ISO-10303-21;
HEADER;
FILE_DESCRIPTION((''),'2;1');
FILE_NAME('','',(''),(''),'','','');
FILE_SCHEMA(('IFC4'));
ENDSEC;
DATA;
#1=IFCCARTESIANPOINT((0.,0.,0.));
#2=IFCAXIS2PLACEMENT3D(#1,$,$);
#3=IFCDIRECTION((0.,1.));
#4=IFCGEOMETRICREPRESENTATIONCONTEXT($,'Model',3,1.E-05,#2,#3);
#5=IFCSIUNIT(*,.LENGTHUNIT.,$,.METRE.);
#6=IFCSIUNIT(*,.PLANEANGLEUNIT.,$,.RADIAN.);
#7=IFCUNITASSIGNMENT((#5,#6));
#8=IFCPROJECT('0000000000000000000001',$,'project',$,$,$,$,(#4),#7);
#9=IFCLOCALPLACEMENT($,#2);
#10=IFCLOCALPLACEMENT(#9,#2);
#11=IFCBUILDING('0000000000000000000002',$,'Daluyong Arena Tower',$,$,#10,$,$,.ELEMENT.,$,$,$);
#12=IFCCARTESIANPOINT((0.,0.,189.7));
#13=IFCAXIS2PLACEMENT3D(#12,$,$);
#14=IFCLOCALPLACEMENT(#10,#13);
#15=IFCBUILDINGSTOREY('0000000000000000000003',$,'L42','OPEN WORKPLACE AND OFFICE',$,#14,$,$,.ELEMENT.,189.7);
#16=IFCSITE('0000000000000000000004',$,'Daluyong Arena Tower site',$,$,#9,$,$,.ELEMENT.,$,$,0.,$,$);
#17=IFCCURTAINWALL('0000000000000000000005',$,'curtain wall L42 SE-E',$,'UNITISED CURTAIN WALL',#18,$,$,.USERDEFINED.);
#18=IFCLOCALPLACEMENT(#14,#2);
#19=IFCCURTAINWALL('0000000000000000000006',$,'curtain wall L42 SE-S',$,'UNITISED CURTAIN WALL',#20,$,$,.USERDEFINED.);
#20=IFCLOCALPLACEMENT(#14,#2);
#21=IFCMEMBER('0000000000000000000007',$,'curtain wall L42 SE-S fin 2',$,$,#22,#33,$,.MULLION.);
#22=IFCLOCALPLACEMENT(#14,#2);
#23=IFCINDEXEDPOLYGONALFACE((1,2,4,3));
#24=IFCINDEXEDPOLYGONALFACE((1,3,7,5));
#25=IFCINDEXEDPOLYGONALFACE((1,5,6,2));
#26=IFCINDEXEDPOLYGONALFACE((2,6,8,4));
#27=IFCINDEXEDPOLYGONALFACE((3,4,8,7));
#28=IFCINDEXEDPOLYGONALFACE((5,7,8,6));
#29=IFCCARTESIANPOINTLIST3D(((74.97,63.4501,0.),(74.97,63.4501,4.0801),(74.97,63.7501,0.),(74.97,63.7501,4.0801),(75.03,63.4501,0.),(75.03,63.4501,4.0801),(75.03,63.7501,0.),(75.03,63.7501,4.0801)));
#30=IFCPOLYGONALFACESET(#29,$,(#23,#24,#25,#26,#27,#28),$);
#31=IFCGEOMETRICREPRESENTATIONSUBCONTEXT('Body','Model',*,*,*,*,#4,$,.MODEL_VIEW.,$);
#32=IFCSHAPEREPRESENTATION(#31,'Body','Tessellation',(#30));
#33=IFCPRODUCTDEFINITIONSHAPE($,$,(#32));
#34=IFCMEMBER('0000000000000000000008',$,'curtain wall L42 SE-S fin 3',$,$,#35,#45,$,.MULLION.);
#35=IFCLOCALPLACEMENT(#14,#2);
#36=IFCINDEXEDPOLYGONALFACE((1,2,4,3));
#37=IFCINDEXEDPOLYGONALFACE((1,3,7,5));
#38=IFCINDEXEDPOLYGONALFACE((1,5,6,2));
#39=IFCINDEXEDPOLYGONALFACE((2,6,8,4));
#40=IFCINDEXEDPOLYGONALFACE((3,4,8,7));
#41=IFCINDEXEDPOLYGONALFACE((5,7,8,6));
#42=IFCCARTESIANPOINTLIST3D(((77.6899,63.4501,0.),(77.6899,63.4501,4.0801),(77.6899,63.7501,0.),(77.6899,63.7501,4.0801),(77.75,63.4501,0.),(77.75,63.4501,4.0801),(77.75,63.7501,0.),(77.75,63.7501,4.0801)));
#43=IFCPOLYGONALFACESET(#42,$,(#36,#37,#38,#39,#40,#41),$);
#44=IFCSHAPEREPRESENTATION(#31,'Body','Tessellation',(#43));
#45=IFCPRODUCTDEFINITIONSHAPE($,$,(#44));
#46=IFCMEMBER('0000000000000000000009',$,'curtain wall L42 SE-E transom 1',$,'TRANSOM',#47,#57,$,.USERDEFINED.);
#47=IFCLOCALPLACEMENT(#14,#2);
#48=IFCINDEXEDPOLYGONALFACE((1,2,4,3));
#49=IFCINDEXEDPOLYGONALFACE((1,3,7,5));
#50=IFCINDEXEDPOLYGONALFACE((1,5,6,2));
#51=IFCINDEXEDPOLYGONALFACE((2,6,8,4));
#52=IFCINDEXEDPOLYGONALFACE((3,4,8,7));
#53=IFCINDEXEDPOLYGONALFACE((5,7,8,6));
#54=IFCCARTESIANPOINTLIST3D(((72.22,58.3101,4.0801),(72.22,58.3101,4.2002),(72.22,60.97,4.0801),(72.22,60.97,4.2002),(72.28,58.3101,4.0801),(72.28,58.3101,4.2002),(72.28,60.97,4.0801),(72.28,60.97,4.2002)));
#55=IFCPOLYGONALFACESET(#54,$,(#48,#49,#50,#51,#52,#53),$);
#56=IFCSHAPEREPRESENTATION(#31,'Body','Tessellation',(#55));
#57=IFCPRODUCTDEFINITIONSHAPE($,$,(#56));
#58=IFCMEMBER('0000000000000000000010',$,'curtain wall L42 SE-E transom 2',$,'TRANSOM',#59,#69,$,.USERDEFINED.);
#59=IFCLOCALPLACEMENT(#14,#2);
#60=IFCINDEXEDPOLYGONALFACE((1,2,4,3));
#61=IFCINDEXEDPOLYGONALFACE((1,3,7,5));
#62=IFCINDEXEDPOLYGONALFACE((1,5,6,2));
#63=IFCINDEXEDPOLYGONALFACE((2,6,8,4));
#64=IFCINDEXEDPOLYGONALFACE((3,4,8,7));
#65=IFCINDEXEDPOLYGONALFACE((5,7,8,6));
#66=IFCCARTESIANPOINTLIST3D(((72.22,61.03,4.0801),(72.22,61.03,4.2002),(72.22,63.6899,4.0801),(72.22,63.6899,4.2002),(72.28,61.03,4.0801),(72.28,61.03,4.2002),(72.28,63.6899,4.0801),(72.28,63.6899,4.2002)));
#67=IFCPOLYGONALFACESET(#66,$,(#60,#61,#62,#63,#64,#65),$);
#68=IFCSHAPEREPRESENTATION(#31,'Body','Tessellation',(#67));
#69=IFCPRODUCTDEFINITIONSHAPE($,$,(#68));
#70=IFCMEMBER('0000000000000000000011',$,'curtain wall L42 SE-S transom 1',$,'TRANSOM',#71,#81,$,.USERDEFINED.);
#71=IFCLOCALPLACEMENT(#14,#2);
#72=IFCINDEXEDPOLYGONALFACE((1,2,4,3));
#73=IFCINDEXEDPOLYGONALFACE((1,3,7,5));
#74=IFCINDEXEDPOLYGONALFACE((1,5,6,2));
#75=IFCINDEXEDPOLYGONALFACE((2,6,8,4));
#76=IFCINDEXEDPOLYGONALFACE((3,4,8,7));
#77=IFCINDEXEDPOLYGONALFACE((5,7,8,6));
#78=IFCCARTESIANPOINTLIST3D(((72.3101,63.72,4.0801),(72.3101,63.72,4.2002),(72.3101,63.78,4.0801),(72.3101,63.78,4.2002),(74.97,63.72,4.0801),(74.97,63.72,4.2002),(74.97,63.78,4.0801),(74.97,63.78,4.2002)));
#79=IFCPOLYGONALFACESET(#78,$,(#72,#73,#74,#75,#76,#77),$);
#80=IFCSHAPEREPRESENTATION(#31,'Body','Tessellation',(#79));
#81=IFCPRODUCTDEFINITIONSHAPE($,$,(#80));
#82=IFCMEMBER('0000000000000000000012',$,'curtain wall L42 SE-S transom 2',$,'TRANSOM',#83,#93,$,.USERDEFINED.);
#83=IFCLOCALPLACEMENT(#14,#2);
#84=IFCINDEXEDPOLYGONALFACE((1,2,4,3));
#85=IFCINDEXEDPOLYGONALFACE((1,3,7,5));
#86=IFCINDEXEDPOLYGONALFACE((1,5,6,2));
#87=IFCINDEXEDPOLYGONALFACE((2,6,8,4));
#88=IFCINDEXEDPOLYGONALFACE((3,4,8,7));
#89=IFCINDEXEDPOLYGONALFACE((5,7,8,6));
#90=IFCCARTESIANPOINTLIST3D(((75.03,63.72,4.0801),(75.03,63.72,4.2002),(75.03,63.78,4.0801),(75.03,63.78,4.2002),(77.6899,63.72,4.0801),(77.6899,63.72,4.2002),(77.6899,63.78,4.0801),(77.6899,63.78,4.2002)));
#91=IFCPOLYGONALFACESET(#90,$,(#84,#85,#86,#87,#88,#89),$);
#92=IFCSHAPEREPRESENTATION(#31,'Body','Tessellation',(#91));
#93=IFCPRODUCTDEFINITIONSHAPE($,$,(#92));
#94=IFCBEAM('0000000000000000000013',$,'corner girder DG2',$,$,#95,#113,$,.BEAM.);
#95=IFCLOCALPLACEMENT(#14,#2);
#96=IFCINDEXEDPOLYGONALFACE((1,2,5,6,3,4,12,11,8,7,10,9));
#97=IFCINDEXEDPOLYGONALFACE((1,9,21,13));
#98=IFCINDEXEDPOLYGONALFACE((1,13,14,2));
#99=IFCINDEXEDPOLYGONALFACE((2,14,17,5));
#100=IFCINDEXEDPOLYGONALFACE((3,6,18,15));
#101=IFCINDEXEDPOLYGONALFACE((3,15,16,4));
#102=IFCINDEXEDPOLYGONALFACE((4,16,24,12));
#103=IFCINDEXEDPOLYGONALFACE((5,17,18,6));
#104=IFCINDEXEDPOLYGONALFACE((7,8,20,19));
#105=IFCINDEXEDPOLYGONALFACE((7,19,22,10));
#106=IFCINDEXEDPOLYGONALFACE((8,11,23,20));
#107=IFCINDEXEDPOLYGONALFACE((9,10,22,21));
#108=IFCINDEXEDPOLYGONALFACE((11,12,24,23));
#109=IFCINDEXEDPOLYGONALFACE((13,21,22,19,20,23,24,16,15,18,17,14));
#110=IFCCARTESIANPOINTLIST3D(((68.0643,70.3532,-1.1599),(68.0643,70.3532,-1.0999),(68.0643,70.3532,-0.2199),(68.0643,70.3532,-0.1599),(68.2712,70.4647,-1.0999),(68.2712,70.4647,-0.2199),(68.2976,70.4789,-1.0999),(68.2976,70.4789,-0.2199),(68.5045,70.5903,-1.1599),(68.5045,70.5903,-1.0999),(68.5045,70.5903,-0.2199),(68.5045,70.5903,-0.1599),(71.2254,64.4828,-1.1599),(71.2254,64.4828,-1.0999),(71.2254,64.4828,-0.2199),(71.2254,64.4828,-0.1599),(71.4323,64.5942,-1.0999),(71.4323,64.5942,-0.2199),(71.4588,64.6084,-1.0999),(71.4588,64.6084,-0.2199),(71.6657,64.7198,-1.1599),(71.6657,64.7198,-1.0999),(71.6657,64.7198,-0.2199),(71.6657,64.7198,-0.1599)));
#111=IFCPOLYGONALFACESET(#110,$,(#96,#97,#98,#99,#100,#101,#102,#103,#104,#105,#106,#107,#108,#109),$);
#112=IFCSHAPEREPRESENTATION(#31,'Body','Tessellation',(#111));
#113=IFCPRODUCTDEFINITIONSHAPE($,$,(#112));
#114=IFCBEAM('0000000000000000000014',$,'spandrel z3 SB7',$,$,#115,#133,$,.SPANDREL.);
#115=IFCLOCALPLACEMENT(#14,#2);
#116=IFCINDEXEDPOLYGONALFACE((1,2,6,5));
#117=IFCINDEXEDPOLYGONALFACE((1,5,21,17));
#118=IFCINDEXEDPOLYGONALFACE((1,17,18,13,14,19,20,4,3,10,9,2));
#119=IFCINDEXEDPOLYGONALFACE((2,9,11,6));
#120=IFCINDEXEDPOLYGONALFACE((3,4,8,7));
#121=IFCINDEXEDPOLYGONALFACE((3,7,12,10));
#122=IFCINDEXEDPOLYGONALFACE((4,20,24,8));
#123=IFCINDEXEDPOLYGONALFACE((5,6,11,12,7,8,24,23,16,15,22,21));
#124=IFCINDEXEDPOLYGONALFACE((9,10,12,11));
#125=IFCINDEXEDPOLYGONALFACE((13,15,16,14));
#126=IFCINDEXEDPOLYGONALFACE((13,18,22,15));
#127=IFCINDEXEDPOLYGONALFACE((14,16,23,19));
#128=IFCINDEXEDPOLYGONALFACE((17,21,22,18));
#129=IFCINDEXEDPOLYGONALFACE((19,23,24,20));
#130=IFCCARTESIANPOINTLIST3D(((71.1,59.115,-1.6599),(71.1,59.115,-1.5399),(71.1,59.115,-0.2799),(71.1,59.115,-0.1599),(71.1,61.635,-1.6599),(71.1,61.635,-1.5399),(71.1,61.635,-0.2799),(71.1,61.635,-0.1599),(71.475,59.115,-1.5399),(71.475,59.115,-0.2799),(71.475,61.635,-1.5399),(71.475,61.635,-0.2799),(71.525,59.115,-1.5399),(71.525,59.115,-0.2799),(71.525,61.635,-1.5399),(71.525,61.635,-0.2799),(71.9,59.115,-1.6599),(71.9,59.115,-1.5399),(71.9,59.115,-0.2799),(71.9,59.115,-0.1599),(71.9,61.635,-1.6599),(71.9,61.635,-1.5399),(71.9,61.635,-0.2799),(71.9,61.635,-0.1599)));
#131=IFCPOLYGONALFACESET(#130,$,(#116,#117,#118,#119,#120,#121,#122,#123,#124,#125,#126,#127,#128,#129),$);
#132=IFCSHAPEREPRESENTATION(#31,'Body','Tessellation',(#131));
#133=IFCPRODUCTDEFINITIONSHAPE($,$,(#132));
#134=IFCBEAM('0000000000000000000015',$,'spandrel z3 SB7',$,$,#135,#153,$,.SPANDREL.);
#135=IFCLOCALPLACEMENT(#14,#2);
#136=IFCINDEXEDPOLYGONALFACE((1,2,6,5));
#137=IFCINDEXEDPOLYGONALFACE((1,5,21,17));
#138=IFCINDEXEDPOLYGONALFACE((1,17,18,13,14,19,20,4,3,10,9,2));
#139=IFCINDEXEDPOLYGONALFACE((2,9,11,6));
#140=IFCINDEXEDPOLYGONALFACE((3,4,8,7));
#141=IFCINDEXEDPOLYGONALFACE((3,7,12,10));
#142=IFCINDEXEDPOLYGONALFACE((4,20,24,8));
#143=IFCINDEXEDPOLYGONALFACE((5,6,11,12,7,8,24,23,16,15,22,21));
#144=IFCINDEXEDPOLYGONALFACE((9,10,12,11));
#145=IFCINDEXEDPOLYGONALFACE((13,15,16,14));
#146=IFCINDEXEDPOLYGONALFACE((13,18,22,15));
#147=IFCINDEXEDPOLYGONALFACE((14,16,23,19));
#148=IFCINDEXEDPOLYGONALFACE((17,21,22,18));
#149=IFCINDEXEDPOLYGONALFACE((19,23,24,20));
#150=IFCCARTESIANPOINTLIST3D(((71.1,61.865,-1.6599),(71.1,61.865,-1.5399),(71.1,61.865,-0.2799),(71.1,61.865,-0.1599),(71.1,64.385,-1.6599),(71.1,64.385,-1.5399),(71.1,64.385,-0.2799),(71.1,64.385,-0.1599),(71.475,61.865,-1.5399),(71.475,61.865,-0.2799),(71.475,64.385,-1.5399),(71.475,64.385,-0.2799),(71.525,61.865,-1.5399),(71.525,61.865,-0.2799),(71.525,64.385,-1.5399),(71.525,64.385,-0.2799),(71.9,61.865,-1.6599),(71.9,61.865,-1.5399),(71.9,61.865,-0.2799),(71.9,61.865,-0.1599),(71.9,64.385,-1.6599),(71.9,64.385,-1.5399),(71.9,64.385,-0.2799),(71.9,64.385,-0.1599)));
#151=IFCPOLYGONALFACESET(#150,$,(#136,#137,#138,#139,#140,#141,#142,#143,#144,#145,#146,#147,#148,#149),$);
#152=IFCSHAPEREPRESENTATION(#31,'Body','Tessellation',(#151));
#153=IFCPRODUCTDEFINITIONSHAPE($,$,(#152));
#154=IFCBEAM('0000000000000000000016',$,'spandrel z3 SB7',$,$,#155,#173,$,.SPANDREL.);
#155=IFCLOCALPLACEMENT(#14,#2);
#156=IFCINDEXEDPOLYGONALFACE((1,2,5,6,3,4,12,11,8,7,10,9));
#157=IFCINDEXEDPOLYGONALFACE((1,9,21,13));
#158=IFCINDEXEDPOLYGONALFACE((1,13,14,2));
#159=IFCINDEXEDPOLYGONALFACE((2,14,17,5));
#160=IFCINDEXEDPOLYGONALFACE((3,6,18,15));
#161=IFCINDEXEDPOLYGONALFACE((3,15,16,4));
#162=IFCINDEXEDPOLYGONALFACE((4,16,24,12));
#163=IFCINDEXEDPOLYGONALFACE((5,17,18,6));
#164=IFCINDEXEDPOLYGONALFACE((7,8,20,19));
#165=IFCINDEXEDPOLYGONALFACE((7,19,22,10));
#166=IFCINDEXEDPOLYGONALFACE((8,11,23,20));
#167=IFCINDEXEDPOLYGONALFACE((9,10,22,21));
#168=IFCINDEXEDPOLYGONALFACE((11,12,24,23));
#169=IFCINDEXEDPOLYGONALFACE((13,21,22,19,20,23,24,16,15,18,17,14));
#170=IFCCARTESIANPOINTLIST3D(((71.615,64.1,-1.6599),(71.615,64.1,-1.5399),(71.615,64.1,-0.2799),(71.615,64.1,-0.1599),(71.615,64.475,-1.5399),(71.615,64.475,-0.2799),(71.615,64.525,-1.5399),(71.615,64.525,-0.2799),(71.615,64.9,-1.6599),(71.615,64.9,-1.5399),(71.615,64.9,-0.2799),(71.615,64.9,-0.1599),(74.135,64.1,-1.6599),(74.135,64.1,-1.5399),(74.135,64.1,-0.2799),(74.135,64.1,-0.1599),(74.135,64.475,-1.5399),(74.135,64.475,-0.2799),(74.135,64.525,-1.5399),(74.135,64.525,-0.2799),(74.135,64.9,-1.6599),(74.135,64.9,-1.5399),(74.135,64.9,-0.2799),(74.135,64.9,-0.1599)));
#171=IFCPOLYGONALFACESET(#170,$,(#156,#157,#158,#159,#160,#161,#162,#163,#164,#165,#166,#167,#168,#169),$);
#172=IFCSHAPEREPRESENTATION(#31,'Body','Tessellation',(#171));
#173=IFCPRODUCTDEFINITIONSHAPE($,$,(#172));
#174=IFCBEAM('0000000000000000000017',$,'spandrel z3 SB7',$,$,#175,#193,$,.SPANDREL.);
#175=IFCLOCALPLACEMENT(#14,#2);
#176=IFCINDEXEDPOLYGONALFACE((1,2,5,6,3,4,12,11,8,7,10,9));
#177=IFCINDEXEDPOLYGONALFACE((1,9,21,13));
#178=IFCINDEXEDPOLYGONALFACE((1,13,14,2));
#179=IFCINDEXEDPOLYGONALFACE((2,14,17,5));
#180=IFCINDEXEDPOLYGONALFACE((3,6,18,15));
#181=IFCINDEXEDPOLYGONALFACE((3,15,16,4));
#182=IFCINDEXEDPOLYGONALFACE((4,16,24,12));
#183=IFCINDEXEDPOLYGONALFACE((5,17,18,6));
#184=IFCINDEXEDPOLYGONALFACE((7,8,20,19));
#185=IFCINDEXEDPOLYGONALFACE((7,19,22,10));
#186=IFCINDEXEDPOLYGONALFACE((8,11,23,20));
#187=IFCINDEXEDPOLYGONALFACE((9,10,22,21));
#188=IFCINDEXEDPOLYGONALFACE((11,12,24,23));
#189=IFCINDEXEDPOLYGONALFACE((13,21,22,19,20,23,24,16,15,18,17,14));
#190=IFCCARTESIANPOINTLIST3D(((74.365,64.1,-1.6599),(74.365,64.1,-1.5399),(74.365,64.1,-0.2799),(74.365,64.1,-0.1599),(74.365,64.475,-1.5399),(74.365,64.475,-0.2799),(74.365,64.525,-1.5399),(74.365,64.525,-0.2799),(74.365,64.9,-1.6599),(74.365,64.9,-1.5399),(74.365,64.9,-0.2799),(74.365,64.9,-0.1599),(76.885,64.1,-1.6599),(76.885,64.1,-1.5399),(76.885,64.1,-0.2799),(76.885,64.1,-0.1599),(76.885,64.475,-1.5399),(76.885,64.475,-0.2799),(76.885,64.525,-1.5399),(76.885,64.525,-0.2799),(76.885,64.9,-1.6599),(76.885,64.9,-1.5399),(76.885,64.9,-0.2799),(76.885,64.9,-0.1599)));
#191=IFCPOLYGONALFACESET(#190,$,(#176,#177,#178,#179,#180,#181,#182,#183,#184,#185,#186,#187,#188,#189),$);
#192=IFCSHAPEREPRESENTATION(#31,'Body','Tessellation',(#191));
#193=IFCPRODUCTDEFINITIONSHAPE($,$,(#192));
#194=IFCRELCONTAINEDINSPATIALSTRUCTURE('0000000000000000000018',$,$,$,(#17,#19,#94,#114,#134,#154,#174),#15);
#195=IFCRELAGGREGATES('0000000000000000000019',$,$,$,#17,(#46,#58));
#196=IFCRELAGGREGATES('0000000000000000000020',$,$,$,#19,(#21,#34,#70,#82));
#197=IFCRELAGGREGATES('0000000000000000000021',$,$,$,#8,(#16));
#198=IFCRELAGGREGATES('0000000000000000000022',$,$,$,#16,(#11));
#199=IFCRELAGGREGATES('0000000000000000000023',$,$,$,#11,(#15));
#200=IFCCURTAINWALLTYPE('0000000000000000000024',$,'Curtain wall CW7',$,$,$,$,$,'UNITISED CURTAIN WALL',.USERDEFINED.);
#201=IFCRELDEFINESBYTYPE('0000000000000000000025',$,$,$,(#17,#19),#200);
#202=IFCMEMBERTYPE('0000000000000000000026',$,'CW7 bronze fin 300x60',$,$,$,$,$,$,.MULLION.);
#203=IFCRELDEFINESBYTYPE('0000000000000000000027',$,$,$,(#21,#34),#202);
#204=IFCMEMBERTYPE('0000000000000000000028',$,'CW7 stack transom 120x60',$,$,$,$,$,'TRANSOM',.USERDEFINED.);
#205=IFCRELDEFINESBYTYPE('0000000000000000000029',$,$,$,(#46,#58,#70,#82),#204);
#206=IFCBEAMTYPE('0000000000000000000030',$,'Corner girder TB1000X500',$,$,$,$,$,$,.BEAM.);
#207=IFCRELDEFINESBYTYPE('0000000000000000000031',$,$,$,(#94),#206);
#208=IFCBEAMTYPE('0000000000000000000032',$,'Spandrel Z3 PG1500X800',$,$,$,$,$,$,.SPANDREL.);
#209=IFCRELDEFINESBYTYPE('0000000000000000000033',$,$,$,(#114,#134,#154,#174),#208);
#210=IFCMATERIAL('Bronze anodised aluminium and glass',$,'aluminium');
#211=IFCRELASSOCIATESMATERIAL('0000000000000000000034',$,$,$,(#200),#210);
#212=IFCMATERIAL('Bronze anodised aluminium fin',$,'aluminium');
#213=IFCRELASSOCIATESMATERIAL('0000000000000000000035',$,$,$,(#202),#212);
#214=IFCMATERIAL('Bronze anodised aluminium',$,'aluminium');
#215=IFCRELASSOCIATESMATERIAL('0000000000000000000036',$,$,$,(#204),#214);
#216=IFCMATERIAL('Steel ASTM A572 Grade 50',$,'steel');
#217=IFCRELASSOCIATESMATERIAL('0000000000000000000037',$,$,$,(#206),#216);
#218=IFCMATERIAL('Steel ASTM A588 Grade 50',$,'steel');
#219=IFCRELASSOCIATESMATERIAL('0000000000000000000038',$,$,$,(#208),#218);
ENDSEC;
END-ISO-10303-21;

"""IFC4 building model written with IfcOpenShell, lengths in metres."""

from ifc_helpers import new_model, si_unit, direction, frame, origin, origin_2d, place, context, subcontext, project, spatial, rectangle, i_section, extrude, material, material_profile, profile_set, type_object, element, aggregate, save


model = new_model("IFC4")

# Units and contexts
model_context = context("Model", 3, precision=1e-05, world=origin(), true_north=direction((0.0, 1.0)))
body_context = subcontext(model_context, "Body", "Model", "MODEL_VIEW")
ifc_project = project(units=[si_unit("LENGTHUNIT", "METRE"), si_unit("PLANEANGLEUNIT", "RADIAN")], contexts=[model_context])

# Site, building, storey
site_placement = place(None, origin())
site = spatial("IfcSite", under=ifc_project, at=site_placement, Name="Daluyong Arena Tower site", CompositionType="ELEMENT", RefElevation=0.0)
building_placement = place(site_placement, origin())
building = spatial("IfcBuilding", under=site, at=building_placement, Name="Daluyong Arena Tower", CompositionType="ELEMENT")
storey_placement = place(building_placement, frame((0.0, 0.0, 189.7)))
storey = spatial("IfcBuildingStorey", under=building, at=storey_placement, Name="L42", Description="OPEN WORKPLACE AND OFFICE", CompositionType="ELEMENT", Elevation=189.7)

# Curtain walls, members
ifc_material_1 = material(Name="Bronze anodised aluminium and glass", Category="aluminium")
curtain_wall_type_1 = type_object("IfcCurtainWallType", Name="Curtain wall CW7", ElementType="UNITISED CURTAIN WALL", PredefinedType="USERDEFINED", material=ifc_material_1)
curtain_wall_1_placement = place(storey_placement, origin())
curtain_wall_1 = element("IfcCurtainWall", 1, at=curtain_wall_1_placement, inside=storey, type_object=curtain_wall_type_1, Name="curtain wall L42 SE-E", ObjectType="UNITISED CURTAIN WALL", PredefinedType="USERDEFINED")
ifc_material_2 = material(Name="Bronze anodised aluminium fin", Category="aluminium")
ifc_material_profile_1 = material_profile(ifc_material_2, rectangle(XDim=0.3, YDim=0.0601, at=origin_2d()))
ifc_profile_set_1 = profile_set([ifc_material_profile_1], Name="Bronze anodised aluminium fin")
member_type_1 = type_object("IfcMemberType", Name="CW7 bronze fin 300x60", PredefinedType="MULLION", material=ifc_profile_set_1)
curtain_wall_2_placement = place(storey_placement, origin())
curtain_wall_2 = element("IfcCurtainWall", 2, at=curtain_wall_2_placement, inside=storey, type_object=curtain_wall_type_1, Name="curtain wall L42 SE-S", ObjectType="UNITISED CURTAIN WALL", PredefinedType="USERDEFINED")
member_1_placement = place(storey_placement, frame((75.0, 63.6001, 0.0), z_axis=(0.0, 0.0, 1.0), x_axis=(0.0, 1.0, 0.0)))
member_1 = element("IfcMember", 3, at=member_1_placement, type_object=member_type_1, Name="curtain wall L42 SE-S fin 2", PredefinedType="MULLION", context=body_context, shape_type="SweptSolid", body=[
    extrude(rectangle(XDim=0.3, YDim=0.0601, at=origin_2d()), origin(), (0.0, 0.0, 1.0), 4.0801),
])
member_2_placement = place(storey_placement, frame((77.72, 63.6001, 0.0), z_axis=(0.0, 0.0, 1.0), x_axis=(0.0, 1.0, 0.0)))
member_2 = element("IfcMember", 4, at=member_2_placement, type_object=member_type_1, Name="curtain wall L42 SE-S fin 3", PredefinedType="MULLION", context=body_context, shape_type="SweptSolid", body=[
    extrude(rectangle(XDim=0.3, YDim=0.0601, at=origin_2d()), origin(), (0.0, 0.0, 1.0), 4.0801),
])

# Members
ifc_material_3 = material(Name="Bronze anodised aluminium", Category="aluminium")
ifc_material_profile_2 = material_profile(ifc_material_3, rectangle(XDim=0.0601, YDim=0.1201, at=origin_2d()))
ifc_profile_set_2 = profile_set([ifc_material_profile_2], Name="Bronze anodised aluminium")
member_type_2 = type_object("IfcMemberType", Name="CW7 stack transom 120x60", ElementType="TRANSOM", PredefinedType="USERDEFINED", material=ifc_profile_set_2)
member_3_placement = place(storey_placement, frame((72.25, 58.3101, 4.1401), z_axis=(0.0, 1.0, 0.0), x_axis=(-1.0, 0.0, 0.0)))
member_3 = element("IfcMember", 5, at=member_3_placement, type_object=member_type_2, Name="curtain wall L42 SE-E transom 1", ObjectType="TRANSOM", PredefinedType="USERDEFINED", context=body_context, shape_type="SweptSolid", body=[
    extrude(rectangle(XDim=0.0601, YDim=0.1201, at=origin_2d()), origin(), (0.0, 0.0, 1.0), 2.6599),
])
member_4_placement = place(storey_placement, frame((72.25, 61.03, 4.1401), z_axis=(0.0, 1.0, 0.0), x_axis=(-1.0, 0.0, 0.0)))
member_4 = element("IfcMember", 6, at=member_4_placement, type_object=member_type_2, Name="curtain wall L42 SE-E transom 2", ObjectType="TRANSOM", PredefinedType="USERDEFINED", context=body_context, shape_type="SweptSolid", body=[
    extrude(rectangle(XDim=0.0601, YDim=0.1201, at=origin_2d()), origin(), (0.0, 0.0, 1.0), 2.6599),
])
member_5_placement = place(storey_placement, frame((72.3101, 63.75, 4.1401), z_axis=(1.0, 0.0, 0.0), x_axis=(0.0, 1.0, 0.0)))
member_5 = element("IfcMember", 7, at=member_5_placement, type_object=member_type_2, Name="curtain wall L42 SE-S transom 1", ObjectType="TRANSOM", PredefinedType="USERDEFINED", context=body_context, shape_type="SweptSolid", body=[
    extrude(rectangle(XDim=0.0601, YDim=0.1201, at=origin_2d()), origin(), (0.0, 0.0, 1.0), 2.6599),
])
member_6_placement = place(storey_placement, frame((75.03, 63.75, 4.1401), z_axis=(1.0, 0.0, 0.0), x_axis=(0.0, 1.0, 0.0)))
member_6 = element("IfcMember", 8, at=member_6_placement, type_object=member_type_2, Name="curtain wall L42 SE-S transom 2", ObjectType="TRANSOM", PredefinedType="USERDEFINED", context=body_context, shape_type="SweptSolid", body=[
    extrude(rectangle(XDim=0.0601, YDim=0.1201, at=origin_2d()), origin(), (0.0, 0.0, 1.0), 2.6599),
])

# Beams
ifc_material_4 = material(Name="Steel ASTM A572 Grade 50", Category="steel")
ifc_material_profile_3 = material_profile(ifc_material_4, i_section(OverallWidth=0.5, OverallDepth=1.0, WebThickness=0.03, FlangeThickness=0.06, at=origin_2d()))
ifc_profile_set_3 = profile_set([ifc_material_profile_3], Name="Steel ASTM A572 Grade 50")
beam_type_1 = type_object("IfcBeamType", Name="Corner girder TB1000X500", PredefinedType="BEAM", material=ifc_profile_set_3)
beam_1_placement = place(storey_placement, frame((71.4456, 64.6013, -0.6599), z_axis=(-0.474119, 0.880461, 0.0), x_axis=(-0.880461, -0.474119, 0.0)))
element("IfcBeam", 9, at=beam_1_placement, inside=storey, type_object=beam_type_1, Name="corner girder DG2", PredefinedType="BEAM", context=body_context, shape_type="SweptSolid", body=[
    extrude(i_section(OverallWidth=0.5, OverallDepth=1.0, WebThickness=0.03, FlangeThickness=0.06, at=origin_2d()), origin(), (0.0, 0.0, 1.0), 6.6675),
])
ifc_material_5 = material(Name="Steel ASTM A588 Grade 50", Category="steel")
ifc_material_profile_4 = material_profile(ifc_material_5, i_section(OverallWidth=0.8, OverallDepth=1.5, WebThickness=0.05, FlangeThickness=0.12, at=origin_2d()))
ifc_profile_set_4 = profile_set([ifc_material_profile_4], Name="Steel ASTM A588 Grade 50")
beam_type_2 = type_object("IfcBeamType", Name="Spandrel Z3 PG1500X800", PredefinedType="SPANDREL", material=ifc_profile_set_4)
for number, where, z_axis, x_axis, name in (
    (10, (71.5, 59.115, -0.9099), (0.0, 1.0, 0.0), (-1.0, 0.0, 0.0), "spandrel z3 SB7"),
    (11, (71.5, 61.865, -0.9099), (0.0, 1.0, 0.0), (-1.0, 0.0, 0.0), "spandrel z3 SB7"),
    (12, (71.615, 64.5, -0.9099), (1.0, 0.0, 0.0), (0.0, 1.0, 0.0), "spandrel z3 SB7"),
    (13, (74.365, 64.5, -0.9099), (1.0, 0.0, 0.0), (0.0, 1.0, 0.0), "spandrel z3 SB7"),
):
    element("IfcBeam", number, at=place(storey_placement, frame(where, z_axis=z_axis, x_axis=x_axis)), inside=storey, type_object=beam_type_2, Name=name, PredefinedType="SPANDREL", context=body_context, shape_type="SweptSolid", body=[
        extrude(i_section(OverallWidth=0.8, OverallDepth=1.5, WebThickness=0.05, FlangeThickness=0.12, at=origin_2d()), origin(), (0.0, 0.0, 1.0), 2.52),
    ])

aggregate(curtain_wall_1, [member_3, member_4])
aggregate(curtain_wall_2, [member_1, member_2, member_5, member_6])

save(model, "model.ifc")
